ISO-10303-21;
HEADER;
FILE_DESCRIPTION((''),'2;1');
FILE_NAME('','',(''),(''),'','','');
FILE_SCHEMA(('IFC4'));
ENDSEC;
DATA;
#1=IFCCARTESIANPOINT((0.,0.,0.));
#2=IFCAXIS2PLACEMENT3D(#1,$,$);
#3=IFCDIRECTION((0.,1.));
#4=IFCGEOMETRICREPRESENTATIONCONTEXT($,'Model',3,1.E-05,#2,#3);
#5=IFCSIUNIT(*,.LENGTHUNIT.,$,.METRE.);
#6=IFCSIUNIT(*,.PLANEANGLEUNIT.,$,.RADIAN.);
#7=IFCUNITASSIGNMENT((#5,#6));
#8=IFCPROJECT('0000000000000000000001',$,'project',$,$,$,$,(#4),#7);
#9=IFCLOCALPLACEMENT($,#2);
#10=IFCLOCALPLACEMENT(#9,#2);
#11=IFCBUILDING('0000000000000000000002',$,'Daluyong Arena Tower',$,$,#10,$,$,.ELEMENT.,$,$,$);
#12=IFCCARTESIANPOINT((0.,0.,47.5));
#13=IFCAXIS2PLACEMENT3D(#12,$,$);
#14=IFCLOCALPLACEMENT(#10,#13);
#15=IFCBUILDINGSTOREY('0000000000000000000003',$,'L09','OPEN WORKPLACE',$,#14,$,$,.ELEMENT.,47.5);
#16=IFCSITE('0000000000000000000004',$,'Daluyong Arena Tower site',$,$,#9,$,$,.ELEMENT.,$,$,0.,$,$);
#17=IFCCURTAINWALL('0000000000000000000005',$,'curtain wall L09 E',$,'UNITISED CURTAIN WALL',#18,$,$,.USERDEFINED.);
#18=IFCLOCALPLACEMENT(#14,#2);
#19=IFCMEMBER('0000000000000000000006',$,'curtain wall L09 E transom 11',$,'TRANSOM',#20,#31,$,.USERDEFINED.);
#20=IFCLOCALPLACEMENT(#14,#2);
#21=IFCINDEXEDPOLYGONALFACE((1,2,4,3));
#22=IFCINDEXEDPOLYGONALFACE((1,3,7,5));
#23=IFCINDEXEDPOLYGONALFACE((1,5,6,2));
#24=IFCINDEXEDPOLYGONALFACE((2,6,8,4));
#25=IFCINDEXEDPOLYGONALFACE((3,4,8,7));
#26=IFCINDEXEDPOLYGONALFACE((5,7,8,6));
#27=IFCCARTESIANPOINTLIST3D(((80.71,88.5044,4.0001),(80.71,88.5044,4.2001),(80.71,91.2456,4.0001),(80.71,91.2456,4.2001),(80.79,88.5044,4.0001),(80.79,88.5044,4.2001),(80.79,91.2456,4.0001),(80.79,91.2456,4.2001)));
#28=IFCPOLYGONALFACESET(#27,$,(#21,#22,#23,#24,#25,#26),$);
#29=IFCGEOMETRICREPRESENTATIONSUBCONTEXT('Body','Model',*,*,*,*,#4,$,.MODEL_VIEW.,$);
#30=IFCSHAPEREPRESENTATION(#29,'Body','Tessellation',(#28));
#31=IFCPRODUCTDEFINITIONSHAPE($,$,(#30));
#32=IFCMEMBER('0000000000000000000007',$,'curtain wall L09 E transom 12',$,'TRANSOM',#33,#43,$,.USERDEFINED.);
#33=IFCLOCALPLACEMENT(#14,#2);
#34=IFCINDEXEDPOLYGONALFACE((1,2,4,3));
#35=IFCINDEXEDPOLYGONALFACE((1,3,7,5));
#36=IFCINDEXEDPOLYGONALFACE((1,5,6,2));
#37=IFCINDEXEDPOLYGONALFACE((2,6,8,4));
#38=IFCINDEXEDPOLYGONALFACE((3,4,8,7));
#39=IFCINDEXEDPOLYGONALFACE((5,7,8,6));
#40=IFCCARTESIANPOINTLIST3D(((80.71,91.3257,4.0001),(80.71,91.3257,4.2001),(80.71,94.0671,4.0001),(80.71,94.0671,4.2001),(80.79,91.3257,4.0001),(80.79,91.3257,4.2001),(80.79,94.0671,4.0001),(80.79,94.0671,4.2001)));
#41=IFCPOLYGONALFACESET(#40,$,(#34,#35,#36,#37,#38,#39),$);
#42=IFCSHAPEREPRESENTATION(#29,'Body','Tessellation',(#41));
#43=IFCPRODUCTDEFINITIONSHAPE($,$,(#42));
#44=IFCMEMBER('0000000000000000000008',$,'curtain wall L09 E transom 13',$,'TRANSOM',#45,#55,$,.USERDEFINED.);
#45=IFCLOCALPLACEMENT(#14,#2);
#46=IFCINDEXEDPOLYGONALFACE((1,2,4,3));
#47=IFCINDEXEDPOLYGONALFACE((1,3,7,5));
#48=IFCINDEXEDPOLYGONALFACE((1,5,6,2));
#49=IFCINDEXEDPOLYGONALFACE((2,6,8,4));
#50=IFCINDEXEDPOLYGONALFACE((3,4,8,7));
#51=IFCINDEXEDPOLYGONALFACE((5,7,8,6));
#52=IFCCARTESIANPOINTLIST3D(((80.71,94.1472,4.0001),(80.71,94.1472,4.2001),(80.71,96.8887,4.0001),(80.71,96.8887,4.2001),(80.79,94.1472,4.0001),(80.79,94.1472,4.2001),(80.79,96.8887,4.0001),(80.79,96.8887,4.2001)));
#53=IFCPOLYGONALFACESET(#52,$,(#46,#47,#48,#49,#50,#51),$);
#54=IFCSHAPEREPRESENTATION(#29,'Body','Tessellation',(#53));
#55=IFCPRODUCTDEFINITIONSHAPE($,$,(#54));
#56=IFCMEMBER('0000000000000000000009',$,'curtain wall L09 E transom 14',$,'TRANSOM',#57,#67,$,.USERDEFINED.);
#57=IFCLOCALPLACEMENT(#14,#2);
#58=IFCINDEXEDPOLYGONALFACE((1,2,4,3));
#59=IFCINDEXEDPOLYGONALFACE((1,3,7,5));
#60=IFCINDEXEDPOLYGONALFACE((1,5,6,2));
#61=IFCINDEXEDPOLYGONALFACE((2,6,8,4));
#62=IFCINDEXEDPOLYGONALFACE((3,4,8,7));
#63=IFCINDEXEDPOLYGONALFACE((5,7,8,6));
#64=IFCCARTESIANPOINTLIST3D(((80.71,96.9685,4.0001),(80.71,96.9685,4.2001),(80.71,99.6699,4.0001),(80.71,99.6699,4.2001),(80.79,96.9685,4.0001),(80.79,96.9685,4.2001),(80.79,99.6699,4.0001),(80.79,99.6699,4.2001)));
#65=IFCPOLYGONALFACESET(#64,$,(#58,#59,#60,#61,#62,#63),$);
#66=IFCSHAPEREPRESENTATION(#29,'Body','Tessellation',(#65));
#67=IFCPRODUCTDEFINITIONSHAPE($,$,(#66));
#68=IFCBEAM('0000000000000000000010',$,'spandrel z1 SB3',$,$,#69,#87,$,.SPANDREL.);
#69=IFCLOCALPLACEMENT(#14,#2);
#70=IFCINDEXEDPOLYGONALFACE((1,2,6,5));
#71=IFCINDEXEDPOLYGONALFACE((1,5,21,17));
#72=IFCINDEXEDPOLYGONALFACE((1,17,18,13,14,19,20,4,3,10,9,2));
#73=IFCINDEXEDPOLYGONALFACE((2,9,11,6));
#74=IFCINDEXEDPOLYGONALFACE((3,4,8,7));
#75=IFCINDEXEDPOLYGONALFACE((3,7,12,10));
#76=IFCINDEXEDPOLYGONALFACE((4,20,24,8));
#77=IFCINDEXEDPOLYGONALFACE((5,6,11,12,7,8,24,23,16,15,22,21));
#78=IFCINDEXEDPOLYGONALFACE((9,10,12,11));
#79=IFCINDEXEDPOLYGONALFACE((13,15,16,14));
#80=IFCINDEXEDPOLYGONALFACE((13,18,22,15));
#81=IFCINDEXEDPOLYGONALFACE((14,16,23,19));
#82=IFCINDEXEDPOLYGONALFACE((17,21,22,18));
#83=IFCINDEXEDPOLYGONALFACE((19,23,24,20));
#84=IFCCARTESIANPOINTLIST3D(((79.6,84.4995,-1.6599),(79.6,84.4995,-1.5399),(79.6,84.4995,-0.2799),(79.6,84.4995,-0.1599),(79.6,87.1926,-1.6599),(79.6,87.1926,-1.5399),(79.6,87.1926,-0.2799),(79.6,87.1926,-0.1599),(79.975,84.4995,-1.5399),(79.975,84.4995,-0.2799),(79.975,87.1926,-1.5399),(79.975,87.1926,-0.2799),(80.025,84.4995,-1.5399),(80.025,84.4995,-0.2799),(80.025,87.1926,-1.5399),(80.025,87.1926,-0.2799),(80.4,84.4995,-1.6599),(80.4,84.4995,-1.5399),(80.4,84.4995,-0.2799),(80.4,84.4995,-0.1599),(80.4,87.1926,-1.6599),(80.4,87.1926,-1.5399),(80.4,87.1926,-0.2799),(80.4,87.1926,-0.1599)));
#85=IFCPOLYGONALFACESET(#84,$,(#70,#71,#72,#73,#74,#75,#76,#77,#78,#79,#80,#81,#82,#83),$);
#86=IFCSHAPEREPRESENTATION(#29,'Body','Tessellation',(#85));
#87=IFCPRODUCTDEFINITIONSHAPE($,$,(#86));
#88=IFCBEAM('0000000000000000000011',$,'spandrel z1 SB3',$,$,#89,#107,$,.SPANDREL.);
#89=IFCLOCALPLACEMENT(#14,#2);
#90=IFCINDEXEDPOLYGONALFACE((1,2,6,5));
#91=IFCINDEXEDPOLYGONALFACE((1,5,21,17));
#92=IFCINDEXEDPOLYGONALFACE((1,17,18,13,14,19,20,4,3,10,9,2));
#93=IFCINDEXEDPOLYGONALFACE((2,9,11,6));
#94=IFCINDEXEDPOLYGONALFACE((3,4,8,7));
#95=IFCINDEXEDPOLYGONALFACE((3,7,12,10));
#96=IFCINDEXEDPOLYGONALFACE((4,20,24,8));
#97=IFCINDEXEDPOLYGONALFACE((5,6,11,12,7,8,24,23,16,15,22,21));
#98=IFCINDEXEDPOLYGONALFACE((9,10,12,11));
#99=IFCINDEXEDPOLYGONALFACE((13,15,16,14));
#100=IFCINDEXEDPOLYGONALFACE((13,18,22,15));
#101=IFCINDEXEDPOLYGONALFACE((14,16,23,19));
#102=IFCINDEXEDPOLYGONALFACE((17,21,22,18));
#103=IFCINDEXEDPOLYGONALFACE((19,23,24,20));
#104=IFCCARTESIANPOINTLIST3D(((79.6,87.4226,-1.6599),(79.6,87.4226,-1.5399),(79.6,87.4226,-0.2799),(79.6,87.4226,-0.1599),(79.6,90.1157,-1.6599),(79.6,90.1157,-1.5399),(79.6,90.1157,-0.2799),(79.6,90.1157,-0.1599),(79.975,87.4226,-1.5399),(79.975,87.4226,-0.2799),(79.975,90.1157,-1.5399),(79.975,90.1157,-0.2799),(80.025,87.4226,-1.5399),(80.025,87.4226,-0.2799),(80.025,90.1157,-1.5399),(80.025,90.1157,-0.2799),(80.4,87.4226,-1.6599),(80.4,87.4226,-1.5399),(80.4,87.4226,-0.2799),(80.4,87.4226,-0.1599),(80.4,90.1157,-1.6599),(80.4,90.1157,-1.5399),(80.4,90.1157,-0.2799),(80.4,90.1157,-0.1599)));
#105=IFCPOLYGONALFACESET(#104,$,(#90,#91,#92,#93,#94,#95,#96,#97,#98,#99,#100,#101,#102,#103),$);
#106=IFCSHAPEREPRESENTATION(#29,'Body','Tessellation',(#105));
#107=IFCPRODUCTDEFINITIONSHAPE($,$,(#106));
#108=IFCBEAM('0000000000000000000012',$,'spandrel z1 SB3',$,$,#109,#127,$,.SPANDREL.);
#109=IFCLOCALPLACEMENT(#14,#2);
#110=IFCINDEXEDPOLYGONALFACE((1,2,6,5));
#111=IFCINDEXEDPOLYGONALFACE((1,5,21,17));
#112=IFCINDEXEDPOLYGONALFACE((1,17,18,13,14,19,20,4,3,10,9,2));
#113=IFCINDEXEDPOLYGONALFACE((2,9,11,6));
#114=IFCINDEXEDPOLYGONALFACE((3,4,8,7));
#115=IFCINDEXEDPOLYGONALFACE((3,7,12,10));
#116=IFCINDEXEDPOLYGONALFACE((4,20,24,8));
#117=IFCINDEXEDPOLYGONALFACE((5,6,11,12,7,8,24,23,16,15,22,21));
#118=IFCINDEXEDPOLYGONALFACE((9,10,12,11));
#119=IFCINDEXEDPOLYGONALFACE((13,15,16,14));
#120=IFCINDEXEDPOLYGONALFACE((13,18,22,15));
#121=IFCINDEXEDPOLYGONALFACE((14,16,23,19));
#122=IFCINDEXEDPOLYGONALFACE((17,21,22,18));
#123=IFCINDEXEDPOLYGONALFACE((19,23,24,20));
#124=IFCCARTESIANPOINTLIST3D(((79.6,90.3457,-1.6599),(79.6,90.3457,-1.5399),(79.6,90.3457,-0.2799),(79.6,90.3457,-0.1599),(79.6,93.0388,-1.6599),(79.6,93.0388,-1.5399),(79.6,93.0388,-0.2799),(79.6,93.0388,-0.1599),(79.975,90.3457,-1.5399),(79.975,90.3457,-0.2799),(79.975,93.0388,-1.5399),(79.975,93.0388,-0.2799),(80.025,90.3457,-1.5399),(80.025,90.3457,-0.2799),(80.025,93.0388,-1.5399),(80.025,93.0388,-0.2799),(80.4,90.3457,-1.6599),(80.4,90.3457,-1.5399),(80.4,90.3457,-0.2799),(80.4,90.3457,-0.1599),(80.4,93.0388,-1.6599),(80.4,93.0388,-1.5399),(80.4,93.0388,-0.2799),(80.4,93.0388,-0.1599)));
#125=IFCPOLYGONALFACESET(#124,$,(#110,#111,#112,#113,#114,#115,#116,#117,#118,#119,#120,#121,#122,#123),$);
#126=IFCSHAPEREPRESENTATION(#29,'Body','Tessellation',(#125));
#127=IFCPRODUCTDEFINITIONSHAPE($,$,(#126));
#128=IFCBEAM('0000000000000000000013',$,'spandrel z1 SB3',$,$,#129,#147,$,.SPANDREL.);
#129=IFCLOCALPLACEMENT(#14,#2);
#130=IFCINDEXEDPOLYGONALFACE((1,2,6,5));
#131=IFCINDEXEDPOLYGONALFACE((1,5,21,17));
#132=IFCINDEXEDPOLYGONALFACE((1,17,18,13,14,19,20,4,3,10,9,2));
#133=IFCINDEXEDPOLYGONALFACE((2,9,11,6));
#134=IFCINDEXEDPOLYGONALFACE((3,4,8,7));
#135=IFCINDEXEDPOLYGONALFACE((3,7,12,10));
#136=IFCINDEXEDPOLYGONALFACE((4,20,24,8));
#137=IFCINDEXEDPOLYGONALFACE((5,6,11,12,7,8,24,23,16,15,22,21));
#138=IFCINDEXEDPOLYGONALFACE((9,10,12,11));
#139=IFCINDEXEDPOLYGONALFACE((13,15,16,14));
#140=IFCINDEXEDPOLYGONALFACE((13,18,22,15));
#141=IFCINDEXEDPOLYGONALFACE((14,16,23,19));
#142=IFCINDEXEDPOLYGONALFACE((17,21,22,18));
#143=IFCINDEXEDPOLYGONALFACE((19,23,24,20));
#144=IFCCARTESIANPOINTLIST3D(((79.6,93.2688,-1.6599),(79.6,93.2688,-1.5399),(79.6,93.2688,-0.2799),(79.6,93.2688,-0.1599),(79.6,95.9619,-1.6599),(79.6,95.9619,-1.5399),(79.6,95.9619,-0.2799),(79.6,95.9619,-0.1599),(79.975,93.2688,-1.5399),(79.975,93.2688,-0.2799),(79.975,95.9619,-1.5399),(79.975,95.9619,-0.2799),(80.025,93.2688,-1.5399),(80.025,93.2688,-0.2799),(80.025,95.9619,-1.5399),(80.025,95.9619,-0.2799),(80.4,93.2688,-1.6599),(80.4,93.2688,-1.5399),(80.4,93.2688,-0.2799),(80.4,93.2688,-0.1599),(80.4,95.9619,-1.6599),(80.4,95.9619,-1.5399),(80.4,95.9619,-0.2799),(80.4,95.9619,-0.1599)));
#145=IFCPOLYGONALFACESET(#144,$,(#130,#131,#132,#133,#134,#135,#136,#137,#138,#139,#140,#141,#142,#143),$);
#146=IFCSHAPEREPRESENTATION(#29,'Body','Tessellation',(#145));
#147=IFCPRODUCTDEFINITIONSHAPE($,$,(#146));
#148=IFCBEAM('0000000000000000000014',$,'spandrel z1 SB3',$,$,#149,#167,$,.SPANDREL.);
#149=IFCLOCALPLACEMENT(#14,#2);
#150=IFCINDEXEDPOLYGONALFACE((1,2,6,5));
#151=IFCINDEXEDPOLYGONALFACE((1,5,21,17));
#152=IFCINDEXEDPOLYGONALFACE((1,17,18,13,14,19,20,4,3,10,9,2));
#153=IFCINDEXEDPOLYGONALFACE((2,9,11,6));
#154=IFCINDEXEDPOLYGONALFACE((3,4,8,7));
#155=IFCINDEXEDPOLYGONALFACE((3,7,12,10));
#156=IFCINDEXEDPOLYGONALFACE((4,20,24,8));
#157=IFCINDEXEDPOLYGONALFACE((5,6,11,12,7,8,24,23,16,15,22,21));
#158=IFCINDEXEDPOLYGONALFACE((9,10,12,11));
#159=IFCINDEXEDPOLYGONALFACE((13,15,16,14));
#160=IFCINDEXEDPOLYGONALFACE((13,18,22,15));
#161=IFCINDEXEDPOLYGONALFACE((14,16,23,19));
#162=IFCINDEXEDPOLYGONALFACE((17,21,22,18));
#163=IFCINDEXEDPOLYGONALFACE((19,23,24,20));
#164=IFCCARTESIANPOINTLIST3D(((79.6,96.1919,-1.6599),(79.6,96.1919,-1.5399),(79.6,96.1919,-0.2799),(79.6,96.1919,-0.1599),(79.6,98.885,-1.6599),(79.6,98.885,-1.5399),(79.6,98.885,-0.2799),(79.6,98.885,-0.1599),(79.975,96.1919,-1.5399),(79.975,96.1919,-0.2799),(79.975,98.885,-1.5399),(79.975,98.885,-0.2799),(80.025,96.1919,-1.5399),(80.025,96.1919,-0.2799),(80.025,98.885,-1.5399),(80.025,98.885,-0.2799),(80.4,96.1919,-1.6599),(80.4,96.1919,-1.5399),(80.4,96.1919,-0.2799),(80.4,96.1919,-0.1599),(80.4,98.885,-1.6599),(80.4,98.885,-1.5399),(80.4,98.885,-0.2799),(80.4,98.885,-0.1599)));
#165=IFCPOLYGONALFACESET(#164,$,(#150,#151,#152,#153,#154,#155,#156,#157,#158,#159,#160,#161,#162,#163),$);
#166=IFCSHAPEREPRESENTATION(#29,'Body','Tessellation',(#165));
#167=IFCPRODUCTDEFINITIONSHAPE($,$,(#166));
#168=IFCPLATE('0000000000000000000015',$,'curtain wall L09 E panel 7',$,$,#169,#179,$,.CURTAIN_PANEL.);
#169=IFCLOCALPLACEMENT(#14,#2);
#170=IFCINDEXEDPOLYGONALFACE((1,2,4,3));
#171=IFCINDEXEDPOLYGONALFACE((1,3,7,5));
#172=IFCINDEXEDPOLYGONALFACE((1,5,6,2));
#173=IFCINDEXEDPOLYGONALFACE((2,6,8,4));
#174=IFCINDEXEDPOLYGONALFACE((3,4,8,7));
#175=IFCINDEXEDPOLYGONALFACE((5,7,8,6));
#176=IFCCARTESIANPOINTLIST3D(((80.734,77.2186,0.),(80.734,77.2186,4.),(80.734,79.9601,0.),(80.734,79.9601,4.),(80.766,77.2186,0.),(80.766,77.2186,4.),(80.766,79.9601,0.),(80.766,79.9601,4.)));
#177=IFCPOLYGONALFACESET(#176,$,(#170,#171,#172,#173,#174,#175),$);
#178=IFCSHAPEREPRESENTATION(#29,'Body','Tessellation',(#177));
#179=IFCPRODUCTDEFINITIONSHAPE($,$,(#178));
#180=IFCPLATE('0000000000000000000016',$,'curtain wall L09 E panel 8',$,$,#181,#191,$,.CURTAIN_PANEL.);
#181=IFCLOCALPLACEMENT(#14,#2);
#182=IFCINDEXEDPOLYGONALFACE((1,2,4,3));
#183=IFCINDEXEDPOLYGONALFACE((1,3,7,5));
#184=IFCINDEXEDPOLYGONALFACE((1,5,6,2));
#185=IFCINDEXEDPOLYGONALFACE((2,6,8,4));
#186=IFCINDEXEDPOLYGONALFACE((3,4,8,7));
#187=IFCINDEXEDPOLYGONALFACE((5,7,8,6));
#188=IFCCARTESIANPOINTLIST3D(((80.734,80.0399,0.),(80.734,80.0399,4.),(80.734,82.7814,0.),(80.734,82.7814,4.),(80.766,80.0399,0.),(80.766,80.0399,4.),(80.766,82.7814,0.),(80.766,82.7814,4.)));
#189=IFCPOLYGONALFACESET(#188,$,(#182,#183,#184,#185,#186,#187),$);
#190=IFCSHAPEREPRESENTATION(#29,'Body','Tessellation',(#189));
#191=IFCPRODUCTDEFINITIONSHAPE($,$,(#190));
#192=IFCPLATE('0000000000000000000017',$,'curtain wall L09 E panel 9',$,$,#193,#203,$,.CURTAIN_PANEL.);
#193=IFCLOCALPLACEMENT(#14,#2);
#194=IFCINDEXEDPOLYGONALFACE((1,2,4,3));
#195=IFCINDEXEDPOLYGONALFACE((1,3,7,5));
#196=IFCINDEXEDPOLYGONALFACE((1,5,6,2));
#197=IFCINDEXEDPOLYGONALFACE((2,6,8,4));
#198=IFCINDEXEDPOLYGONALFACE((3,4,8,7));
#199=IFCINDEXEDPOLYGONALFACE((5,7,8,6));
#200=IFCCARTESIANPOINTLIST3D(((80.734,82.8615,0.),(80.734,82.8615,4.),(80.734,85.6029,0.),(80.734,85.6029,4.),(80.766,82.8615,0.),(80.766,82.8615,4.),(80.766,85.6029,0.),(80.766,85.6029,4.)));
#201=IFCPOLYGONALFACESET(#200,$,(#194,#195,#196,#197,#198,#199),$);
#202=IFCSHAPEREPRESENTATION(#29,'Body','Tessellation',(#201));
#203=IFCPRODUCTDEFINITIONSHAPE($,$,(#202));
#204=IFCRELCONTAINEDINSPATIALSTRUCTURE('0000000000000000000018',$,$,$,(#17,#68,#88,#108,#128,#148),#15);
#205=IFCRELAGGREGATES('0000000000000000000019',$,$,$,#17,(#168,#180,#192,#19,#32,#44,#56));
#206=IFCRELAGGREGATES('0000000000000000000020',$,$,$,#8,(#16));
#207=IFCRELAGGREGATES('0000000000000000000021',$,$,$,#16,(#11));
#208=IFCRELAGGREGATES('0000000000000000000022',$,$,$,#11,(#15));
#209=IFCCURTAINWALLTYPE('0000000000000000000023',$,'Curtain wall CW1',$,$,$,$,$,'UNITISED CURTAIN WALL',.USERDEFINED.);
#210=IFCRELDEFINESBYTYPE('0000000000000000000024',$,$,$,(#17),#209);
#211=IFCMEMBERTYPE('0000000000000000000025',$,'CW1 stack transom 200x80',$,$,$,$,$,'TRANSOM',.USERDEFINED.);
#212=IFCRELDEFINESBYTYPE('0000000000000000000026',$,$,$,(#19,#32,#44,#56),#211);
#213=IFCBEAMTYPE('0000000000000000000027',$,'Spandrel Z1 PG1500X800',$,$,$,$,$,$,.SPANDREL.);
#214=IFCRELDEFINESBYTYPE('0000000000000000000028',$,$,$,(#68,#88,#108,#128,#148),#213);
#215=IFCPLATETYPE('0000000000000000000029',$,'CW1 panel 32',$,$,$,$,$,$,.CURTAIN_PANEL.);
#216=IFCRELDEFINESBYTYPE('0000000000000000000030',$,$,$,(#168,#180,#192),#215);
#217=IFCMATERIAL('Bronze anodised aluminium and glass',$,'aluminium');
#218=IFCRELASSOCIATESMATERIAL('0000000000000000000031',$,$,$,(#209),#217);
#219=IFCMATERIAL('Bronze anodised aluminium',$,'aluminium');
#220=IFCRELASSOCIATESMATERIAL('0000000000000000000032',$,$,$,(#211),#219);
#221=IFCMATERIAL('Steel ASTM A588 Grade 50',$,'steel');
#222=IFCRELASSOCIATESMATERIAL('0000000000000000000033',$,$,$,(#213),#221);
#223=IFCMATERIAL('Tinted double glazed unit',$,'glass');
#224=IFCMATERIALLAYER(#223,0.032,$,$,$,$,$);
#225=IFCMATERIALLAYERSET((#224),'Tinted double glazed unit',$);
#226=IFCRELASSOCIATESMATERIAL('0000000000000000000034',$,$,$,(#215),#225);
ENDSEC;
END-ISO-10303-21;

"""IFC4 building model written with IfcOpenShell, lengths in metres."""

from ifc_helpers import new_model, si_unit, direction, frame, origin, origin_2d, place, context, subcontext, project, spatial, rectangle, i_section, extrude, material, layer, layer_set, material_profile, profile_set, type_object, element, aggregate, save


model = new_model("IFC4")

# Units and contexts
model_context = context("Model", 3, precision=1e-05, world=origin(), true_north=direction((0.0, 1.0)))
body_context = subcontext(model_context, "Body", "Model", "MODEL_VIEW")
ifc_project = project(units=[si_unit("LENGTHUNIT", "METRE"), si_unit("PLANEANGLEUNIT", "RADIAN")], contexts=[model_context])

# Site, building, storey
site_placement = place(None, origin())
site = spatial("IfcSite", under=ifc_project, at=site_placement, Name="Daluyong Arena Tower site", CompositionType="ELEMENT", RefElevation=0.0)
building_placement = place(site_placement, origin())
building = spatial("IfcBuilding", under=site, at=building_placement, Name="Daluyong Arena Tower", CompositionType="ELEMENT")
storey_placement = place(building_placement, frame((0.0, 0.0, 47.5)))
storey = spatial("IfcBuildingStorey", under=building, at=storey_placement, Name="L09", Description="OPEN WORKPLACE", CompositionType="ELEMENT", Elevation=47.5)

# Curtain wall, members
ifc_material_1 = material(Name="Bronze anodised aluminium and glass", Category="aluminium")
curtain_wall_type = type_object("IfcCurtainWallType", Name="Curtain wall CW1", ElementType="UNITISED CURTAIN WALL", PredefinedType="USERDEFINED", material=ifc_material_1)
curtain_wall_placement = place(storey_placement, origin())
curtain_wall = element("IfcCurtainWall", 1, at=curtain_wall_placement, inside=storey, type_object=curtain_wall_type, Name="curtain wall L09 E", ObjectType="UNITISED CURTAIN WALL", PredefinedType="USERDEFINED")
ifc_material_2 = material(Name="Bronze anodised aluminium", Category="aluminium")
ifc_material_profile_1 = material_profile(ifc_material_2, rectangle(XDim=0.0801, YDim=0.2, at=origin_2d()))
ifc_profile_set_1 = profile_set([ifc_material_profile_1], Name="Bronze anodised aluminium")
member_type_1 = type_object("IfcMemberType", Name="CW1 stack transom 200x80", ElementType="TRANSOM", PredefinedType="USERDEFINED", material=ifc_profile_set_1)
member_1_placement = place(storey_placement, frame((80.75, 88.5044, 4.1001), z_axis=(0.0, 1.0, 0.0), x_axis=(-1.0, 0.0, 0.0)))
member_1 = element("IfcMember", 2, at=member_1_placement, type_object=member_type_1, Name="curtain wall L09 E transom 11", ObjectType="TRANSOM", PredefinedType="USERDEFINED", context=body_context, shape_type="SweptSolid", body=[
    extrude(rectangle(XDim=0.0801, YDim=0.2, at=origin_2d()), origin(), (0.0, 0.0, 1.0), 2.7412),
])
member_2_placement = place(storey_placement, frame((80.75, 91.3257, 4.1001), z_axis=(0.0, 1.0, 0.0), x_axis=(-1.0, 0.0, 0.0)))
member_2 = element("IfcMember", 3, at=member_2_placement, type_object=member_type_1, Name="curtain wall L09 E transom 12", ObjectType="TRANSOM", PredefinedType="USERDEFINED", context=body_context, shape_type="SweptSolid", body=[
    extrude(rectangle(XDim=0.0801, YDim=0.2, at=origin_2d()), origin(), (0.0, 0.0, 1.0), 2.7415),
])
member_3_placement = place(storey_placement, frame((80.75, 94.1472, 4.1001), z_axis=(0.0, 1.0, 0.0), x_axis=(-1.0, 0.0, 0.0)))
member_3 = element("IfcMember", 4, at=member_3_placement, type_object=member_type_1, Name="curtain wall L09 E transom 13", ObjectType="TRANSOM", PredefinedType="USERDEFINED", context=body_context, shape_type="SweptSolid", body=[
    extrude(rectangle(XDim=0.0801, YDim=0.2, at=origin_2d()), origin(), (0.0, 0.0, 1.0), 2.7415),
])
member_4_placement = place(storey_placement, frame((80.75, 96.9685, 4.1001), z_axis=(0.0, 1.0, 0.0), x_axis=(-1.0, 0.0, 0.0)))
member_4 = element("IfcMember", 5, at=member_4_placement, type_object=member_type_1, Name="curtain wall L09 E transom 14", ObjectType="TRANSOM", PredefinedType="USERDEFINED", context=body_context, shape_type="SweptSolid", body=[
    extrude(rectangle(XDim=0.0801, YDim=0.2, at=origin_2d()), origin(), (0.0, 0.0, 1.0), 2.7014),
])

# Beams
ifc_material_3 = material(Name="Steel ASTM A588 Grade 50", Category="steel")
ifc_material_profile_2 = material_profile(ifc_material_3, i_section(OverallWidth=0.8, OverallDepth=1.5, WebThickness=0.05, FlangeThickness=0.12, at=origin_2d()))
ifc_profile_set_2 = profile_set([ifc_material_profile_2], Name="Steel ASTM A588 Grade 50")
beam_type = type_object("IfcBeamType", Name="Spandrel Z1 PG1500X800", PredefinedType="SPANDREL", material=ifc_profile_set_2)
for number, where, z_axis, x_axis, name in (
    (6, (80.0, 84.4995, -0.9099), (0.0, 1.0, 0.0), (-1.0, 0.0, 0.0), "spandrel z1 SB3"),
    (7, (80.0, 87.4226, -0.9099), (0.0, 1.0, 0.0), (-1.0, 0.0, 0.0), "spandrel z1 SB3"),
    (8, (80.0, 90.3457, -0.9099), (0.0, 1.0, 0.0), (-1.0, 0.0, 0.0), "spandrel z1 SB3"),
    (9, (80.0, 93.2688, -0.9099), (0.0, 1.0, 0.0), (-1.0, 0.0, 0.0), "spandrel z1 SB3"),
    (10, (80.0, 96.1919, -0.9099), (0.0, 1.0, 0.0), (-1.0, 0.0, 0.0), "spandrel z1 SB3"),
):
    element("IfcBeam", number, at=place(storey_placement, frame(where, z_axis=z_axis, x_axis=x_axis)), inside=storey, type_object=beam_type, Name=name, PredefinedType="SPANDREL", context=body_context, shape_type="SweptSolid", body=[
        extrude(i_section(OverallWidth=0.8, OverallDepth=1.5, WebThickness=0.05, FlangeThickness=0.12, at=origin_2d()), origin(), (0.0, 0.0, 1.0), 2.6931),
    ])

# Plates
ifc_material_4 = material(Name="Tinted double glazed unit", Category="glass")
ifc_layer = layer(ifc_material_4, 0.032)
ifc_layer_set = layer_set([ifc_layer], Name="Tinted double glazed unit")
plate_type = type_object("IfcPlateType", Name="CW1 panel 32", PredefinedType="CURTAIN_PANEL", material=ifc_layer_set)
plate_1_placement = place(storey_placement, frame((80.75, 78.5894, 0.0), z_axis=(0.0, 0.0, 1.0), x_axis=(0.0, 1.0, 0.0)))
plate_1 = element("IfcPlate", 11, at=plate_1_placement, type_object=plate_type, Name="curtain wall L09 E panel 7", PredefinedType="CURTAIN_PANEL", context=body_context, shape_type="SweptSolid", body=[
    extrude(rectangle(XDim=2.7415, YDim=0.032, at=origin_2d()), origin(), (0.0, 0.0, 1.0), 4.0),
])
plate_2_placement = place(storey_placement, frame((80.75, 81.4106, 0.0), z_axis=(0.0, 0.0, 1.0), x_axis=(0.0, 1.0, 0.0)))
plate_2 = element("IfcPlate", 12, at=plate_2_placement, type_object=plate_type, Name="curtain wall L09 E panel 8", PredefinedType="CURTAIN_PANEL", context=body_context, shape_type="SweptSolid", body=[
    extrude(rectangle(XDim=2.7415, YDim=0.032, at=origin_2d()), origin(), (0.0, 0.0, 1.0), 4.0),
])
plate_3_placement = place(storey_placement, frame((80.75, 84.2322, 0.0), z_axis=(0.0, 0.0, 1.0), x_axis=(0.0, 1.0, 0.0)))
plate_3 = element("IfcPlate", 13, at=plate_3_placement, type_object=plate_type, Name="curtain wall L09 E panel 9", PredefinedType="CURTAIN_PANEL", context=body_context, shape_type="SweptSolid", body=[
    extrude(rectangle(XDim=2.7415, YDim=0.032, at=origin_2d()), origin(), (0.0, 0.0, 1.0), 4.0),
])
aggregate(curtain_wall, [plate_1, plate_2, plate_3, member_1, member_2, member_3, member_4])

save(model, "model.ifc")
